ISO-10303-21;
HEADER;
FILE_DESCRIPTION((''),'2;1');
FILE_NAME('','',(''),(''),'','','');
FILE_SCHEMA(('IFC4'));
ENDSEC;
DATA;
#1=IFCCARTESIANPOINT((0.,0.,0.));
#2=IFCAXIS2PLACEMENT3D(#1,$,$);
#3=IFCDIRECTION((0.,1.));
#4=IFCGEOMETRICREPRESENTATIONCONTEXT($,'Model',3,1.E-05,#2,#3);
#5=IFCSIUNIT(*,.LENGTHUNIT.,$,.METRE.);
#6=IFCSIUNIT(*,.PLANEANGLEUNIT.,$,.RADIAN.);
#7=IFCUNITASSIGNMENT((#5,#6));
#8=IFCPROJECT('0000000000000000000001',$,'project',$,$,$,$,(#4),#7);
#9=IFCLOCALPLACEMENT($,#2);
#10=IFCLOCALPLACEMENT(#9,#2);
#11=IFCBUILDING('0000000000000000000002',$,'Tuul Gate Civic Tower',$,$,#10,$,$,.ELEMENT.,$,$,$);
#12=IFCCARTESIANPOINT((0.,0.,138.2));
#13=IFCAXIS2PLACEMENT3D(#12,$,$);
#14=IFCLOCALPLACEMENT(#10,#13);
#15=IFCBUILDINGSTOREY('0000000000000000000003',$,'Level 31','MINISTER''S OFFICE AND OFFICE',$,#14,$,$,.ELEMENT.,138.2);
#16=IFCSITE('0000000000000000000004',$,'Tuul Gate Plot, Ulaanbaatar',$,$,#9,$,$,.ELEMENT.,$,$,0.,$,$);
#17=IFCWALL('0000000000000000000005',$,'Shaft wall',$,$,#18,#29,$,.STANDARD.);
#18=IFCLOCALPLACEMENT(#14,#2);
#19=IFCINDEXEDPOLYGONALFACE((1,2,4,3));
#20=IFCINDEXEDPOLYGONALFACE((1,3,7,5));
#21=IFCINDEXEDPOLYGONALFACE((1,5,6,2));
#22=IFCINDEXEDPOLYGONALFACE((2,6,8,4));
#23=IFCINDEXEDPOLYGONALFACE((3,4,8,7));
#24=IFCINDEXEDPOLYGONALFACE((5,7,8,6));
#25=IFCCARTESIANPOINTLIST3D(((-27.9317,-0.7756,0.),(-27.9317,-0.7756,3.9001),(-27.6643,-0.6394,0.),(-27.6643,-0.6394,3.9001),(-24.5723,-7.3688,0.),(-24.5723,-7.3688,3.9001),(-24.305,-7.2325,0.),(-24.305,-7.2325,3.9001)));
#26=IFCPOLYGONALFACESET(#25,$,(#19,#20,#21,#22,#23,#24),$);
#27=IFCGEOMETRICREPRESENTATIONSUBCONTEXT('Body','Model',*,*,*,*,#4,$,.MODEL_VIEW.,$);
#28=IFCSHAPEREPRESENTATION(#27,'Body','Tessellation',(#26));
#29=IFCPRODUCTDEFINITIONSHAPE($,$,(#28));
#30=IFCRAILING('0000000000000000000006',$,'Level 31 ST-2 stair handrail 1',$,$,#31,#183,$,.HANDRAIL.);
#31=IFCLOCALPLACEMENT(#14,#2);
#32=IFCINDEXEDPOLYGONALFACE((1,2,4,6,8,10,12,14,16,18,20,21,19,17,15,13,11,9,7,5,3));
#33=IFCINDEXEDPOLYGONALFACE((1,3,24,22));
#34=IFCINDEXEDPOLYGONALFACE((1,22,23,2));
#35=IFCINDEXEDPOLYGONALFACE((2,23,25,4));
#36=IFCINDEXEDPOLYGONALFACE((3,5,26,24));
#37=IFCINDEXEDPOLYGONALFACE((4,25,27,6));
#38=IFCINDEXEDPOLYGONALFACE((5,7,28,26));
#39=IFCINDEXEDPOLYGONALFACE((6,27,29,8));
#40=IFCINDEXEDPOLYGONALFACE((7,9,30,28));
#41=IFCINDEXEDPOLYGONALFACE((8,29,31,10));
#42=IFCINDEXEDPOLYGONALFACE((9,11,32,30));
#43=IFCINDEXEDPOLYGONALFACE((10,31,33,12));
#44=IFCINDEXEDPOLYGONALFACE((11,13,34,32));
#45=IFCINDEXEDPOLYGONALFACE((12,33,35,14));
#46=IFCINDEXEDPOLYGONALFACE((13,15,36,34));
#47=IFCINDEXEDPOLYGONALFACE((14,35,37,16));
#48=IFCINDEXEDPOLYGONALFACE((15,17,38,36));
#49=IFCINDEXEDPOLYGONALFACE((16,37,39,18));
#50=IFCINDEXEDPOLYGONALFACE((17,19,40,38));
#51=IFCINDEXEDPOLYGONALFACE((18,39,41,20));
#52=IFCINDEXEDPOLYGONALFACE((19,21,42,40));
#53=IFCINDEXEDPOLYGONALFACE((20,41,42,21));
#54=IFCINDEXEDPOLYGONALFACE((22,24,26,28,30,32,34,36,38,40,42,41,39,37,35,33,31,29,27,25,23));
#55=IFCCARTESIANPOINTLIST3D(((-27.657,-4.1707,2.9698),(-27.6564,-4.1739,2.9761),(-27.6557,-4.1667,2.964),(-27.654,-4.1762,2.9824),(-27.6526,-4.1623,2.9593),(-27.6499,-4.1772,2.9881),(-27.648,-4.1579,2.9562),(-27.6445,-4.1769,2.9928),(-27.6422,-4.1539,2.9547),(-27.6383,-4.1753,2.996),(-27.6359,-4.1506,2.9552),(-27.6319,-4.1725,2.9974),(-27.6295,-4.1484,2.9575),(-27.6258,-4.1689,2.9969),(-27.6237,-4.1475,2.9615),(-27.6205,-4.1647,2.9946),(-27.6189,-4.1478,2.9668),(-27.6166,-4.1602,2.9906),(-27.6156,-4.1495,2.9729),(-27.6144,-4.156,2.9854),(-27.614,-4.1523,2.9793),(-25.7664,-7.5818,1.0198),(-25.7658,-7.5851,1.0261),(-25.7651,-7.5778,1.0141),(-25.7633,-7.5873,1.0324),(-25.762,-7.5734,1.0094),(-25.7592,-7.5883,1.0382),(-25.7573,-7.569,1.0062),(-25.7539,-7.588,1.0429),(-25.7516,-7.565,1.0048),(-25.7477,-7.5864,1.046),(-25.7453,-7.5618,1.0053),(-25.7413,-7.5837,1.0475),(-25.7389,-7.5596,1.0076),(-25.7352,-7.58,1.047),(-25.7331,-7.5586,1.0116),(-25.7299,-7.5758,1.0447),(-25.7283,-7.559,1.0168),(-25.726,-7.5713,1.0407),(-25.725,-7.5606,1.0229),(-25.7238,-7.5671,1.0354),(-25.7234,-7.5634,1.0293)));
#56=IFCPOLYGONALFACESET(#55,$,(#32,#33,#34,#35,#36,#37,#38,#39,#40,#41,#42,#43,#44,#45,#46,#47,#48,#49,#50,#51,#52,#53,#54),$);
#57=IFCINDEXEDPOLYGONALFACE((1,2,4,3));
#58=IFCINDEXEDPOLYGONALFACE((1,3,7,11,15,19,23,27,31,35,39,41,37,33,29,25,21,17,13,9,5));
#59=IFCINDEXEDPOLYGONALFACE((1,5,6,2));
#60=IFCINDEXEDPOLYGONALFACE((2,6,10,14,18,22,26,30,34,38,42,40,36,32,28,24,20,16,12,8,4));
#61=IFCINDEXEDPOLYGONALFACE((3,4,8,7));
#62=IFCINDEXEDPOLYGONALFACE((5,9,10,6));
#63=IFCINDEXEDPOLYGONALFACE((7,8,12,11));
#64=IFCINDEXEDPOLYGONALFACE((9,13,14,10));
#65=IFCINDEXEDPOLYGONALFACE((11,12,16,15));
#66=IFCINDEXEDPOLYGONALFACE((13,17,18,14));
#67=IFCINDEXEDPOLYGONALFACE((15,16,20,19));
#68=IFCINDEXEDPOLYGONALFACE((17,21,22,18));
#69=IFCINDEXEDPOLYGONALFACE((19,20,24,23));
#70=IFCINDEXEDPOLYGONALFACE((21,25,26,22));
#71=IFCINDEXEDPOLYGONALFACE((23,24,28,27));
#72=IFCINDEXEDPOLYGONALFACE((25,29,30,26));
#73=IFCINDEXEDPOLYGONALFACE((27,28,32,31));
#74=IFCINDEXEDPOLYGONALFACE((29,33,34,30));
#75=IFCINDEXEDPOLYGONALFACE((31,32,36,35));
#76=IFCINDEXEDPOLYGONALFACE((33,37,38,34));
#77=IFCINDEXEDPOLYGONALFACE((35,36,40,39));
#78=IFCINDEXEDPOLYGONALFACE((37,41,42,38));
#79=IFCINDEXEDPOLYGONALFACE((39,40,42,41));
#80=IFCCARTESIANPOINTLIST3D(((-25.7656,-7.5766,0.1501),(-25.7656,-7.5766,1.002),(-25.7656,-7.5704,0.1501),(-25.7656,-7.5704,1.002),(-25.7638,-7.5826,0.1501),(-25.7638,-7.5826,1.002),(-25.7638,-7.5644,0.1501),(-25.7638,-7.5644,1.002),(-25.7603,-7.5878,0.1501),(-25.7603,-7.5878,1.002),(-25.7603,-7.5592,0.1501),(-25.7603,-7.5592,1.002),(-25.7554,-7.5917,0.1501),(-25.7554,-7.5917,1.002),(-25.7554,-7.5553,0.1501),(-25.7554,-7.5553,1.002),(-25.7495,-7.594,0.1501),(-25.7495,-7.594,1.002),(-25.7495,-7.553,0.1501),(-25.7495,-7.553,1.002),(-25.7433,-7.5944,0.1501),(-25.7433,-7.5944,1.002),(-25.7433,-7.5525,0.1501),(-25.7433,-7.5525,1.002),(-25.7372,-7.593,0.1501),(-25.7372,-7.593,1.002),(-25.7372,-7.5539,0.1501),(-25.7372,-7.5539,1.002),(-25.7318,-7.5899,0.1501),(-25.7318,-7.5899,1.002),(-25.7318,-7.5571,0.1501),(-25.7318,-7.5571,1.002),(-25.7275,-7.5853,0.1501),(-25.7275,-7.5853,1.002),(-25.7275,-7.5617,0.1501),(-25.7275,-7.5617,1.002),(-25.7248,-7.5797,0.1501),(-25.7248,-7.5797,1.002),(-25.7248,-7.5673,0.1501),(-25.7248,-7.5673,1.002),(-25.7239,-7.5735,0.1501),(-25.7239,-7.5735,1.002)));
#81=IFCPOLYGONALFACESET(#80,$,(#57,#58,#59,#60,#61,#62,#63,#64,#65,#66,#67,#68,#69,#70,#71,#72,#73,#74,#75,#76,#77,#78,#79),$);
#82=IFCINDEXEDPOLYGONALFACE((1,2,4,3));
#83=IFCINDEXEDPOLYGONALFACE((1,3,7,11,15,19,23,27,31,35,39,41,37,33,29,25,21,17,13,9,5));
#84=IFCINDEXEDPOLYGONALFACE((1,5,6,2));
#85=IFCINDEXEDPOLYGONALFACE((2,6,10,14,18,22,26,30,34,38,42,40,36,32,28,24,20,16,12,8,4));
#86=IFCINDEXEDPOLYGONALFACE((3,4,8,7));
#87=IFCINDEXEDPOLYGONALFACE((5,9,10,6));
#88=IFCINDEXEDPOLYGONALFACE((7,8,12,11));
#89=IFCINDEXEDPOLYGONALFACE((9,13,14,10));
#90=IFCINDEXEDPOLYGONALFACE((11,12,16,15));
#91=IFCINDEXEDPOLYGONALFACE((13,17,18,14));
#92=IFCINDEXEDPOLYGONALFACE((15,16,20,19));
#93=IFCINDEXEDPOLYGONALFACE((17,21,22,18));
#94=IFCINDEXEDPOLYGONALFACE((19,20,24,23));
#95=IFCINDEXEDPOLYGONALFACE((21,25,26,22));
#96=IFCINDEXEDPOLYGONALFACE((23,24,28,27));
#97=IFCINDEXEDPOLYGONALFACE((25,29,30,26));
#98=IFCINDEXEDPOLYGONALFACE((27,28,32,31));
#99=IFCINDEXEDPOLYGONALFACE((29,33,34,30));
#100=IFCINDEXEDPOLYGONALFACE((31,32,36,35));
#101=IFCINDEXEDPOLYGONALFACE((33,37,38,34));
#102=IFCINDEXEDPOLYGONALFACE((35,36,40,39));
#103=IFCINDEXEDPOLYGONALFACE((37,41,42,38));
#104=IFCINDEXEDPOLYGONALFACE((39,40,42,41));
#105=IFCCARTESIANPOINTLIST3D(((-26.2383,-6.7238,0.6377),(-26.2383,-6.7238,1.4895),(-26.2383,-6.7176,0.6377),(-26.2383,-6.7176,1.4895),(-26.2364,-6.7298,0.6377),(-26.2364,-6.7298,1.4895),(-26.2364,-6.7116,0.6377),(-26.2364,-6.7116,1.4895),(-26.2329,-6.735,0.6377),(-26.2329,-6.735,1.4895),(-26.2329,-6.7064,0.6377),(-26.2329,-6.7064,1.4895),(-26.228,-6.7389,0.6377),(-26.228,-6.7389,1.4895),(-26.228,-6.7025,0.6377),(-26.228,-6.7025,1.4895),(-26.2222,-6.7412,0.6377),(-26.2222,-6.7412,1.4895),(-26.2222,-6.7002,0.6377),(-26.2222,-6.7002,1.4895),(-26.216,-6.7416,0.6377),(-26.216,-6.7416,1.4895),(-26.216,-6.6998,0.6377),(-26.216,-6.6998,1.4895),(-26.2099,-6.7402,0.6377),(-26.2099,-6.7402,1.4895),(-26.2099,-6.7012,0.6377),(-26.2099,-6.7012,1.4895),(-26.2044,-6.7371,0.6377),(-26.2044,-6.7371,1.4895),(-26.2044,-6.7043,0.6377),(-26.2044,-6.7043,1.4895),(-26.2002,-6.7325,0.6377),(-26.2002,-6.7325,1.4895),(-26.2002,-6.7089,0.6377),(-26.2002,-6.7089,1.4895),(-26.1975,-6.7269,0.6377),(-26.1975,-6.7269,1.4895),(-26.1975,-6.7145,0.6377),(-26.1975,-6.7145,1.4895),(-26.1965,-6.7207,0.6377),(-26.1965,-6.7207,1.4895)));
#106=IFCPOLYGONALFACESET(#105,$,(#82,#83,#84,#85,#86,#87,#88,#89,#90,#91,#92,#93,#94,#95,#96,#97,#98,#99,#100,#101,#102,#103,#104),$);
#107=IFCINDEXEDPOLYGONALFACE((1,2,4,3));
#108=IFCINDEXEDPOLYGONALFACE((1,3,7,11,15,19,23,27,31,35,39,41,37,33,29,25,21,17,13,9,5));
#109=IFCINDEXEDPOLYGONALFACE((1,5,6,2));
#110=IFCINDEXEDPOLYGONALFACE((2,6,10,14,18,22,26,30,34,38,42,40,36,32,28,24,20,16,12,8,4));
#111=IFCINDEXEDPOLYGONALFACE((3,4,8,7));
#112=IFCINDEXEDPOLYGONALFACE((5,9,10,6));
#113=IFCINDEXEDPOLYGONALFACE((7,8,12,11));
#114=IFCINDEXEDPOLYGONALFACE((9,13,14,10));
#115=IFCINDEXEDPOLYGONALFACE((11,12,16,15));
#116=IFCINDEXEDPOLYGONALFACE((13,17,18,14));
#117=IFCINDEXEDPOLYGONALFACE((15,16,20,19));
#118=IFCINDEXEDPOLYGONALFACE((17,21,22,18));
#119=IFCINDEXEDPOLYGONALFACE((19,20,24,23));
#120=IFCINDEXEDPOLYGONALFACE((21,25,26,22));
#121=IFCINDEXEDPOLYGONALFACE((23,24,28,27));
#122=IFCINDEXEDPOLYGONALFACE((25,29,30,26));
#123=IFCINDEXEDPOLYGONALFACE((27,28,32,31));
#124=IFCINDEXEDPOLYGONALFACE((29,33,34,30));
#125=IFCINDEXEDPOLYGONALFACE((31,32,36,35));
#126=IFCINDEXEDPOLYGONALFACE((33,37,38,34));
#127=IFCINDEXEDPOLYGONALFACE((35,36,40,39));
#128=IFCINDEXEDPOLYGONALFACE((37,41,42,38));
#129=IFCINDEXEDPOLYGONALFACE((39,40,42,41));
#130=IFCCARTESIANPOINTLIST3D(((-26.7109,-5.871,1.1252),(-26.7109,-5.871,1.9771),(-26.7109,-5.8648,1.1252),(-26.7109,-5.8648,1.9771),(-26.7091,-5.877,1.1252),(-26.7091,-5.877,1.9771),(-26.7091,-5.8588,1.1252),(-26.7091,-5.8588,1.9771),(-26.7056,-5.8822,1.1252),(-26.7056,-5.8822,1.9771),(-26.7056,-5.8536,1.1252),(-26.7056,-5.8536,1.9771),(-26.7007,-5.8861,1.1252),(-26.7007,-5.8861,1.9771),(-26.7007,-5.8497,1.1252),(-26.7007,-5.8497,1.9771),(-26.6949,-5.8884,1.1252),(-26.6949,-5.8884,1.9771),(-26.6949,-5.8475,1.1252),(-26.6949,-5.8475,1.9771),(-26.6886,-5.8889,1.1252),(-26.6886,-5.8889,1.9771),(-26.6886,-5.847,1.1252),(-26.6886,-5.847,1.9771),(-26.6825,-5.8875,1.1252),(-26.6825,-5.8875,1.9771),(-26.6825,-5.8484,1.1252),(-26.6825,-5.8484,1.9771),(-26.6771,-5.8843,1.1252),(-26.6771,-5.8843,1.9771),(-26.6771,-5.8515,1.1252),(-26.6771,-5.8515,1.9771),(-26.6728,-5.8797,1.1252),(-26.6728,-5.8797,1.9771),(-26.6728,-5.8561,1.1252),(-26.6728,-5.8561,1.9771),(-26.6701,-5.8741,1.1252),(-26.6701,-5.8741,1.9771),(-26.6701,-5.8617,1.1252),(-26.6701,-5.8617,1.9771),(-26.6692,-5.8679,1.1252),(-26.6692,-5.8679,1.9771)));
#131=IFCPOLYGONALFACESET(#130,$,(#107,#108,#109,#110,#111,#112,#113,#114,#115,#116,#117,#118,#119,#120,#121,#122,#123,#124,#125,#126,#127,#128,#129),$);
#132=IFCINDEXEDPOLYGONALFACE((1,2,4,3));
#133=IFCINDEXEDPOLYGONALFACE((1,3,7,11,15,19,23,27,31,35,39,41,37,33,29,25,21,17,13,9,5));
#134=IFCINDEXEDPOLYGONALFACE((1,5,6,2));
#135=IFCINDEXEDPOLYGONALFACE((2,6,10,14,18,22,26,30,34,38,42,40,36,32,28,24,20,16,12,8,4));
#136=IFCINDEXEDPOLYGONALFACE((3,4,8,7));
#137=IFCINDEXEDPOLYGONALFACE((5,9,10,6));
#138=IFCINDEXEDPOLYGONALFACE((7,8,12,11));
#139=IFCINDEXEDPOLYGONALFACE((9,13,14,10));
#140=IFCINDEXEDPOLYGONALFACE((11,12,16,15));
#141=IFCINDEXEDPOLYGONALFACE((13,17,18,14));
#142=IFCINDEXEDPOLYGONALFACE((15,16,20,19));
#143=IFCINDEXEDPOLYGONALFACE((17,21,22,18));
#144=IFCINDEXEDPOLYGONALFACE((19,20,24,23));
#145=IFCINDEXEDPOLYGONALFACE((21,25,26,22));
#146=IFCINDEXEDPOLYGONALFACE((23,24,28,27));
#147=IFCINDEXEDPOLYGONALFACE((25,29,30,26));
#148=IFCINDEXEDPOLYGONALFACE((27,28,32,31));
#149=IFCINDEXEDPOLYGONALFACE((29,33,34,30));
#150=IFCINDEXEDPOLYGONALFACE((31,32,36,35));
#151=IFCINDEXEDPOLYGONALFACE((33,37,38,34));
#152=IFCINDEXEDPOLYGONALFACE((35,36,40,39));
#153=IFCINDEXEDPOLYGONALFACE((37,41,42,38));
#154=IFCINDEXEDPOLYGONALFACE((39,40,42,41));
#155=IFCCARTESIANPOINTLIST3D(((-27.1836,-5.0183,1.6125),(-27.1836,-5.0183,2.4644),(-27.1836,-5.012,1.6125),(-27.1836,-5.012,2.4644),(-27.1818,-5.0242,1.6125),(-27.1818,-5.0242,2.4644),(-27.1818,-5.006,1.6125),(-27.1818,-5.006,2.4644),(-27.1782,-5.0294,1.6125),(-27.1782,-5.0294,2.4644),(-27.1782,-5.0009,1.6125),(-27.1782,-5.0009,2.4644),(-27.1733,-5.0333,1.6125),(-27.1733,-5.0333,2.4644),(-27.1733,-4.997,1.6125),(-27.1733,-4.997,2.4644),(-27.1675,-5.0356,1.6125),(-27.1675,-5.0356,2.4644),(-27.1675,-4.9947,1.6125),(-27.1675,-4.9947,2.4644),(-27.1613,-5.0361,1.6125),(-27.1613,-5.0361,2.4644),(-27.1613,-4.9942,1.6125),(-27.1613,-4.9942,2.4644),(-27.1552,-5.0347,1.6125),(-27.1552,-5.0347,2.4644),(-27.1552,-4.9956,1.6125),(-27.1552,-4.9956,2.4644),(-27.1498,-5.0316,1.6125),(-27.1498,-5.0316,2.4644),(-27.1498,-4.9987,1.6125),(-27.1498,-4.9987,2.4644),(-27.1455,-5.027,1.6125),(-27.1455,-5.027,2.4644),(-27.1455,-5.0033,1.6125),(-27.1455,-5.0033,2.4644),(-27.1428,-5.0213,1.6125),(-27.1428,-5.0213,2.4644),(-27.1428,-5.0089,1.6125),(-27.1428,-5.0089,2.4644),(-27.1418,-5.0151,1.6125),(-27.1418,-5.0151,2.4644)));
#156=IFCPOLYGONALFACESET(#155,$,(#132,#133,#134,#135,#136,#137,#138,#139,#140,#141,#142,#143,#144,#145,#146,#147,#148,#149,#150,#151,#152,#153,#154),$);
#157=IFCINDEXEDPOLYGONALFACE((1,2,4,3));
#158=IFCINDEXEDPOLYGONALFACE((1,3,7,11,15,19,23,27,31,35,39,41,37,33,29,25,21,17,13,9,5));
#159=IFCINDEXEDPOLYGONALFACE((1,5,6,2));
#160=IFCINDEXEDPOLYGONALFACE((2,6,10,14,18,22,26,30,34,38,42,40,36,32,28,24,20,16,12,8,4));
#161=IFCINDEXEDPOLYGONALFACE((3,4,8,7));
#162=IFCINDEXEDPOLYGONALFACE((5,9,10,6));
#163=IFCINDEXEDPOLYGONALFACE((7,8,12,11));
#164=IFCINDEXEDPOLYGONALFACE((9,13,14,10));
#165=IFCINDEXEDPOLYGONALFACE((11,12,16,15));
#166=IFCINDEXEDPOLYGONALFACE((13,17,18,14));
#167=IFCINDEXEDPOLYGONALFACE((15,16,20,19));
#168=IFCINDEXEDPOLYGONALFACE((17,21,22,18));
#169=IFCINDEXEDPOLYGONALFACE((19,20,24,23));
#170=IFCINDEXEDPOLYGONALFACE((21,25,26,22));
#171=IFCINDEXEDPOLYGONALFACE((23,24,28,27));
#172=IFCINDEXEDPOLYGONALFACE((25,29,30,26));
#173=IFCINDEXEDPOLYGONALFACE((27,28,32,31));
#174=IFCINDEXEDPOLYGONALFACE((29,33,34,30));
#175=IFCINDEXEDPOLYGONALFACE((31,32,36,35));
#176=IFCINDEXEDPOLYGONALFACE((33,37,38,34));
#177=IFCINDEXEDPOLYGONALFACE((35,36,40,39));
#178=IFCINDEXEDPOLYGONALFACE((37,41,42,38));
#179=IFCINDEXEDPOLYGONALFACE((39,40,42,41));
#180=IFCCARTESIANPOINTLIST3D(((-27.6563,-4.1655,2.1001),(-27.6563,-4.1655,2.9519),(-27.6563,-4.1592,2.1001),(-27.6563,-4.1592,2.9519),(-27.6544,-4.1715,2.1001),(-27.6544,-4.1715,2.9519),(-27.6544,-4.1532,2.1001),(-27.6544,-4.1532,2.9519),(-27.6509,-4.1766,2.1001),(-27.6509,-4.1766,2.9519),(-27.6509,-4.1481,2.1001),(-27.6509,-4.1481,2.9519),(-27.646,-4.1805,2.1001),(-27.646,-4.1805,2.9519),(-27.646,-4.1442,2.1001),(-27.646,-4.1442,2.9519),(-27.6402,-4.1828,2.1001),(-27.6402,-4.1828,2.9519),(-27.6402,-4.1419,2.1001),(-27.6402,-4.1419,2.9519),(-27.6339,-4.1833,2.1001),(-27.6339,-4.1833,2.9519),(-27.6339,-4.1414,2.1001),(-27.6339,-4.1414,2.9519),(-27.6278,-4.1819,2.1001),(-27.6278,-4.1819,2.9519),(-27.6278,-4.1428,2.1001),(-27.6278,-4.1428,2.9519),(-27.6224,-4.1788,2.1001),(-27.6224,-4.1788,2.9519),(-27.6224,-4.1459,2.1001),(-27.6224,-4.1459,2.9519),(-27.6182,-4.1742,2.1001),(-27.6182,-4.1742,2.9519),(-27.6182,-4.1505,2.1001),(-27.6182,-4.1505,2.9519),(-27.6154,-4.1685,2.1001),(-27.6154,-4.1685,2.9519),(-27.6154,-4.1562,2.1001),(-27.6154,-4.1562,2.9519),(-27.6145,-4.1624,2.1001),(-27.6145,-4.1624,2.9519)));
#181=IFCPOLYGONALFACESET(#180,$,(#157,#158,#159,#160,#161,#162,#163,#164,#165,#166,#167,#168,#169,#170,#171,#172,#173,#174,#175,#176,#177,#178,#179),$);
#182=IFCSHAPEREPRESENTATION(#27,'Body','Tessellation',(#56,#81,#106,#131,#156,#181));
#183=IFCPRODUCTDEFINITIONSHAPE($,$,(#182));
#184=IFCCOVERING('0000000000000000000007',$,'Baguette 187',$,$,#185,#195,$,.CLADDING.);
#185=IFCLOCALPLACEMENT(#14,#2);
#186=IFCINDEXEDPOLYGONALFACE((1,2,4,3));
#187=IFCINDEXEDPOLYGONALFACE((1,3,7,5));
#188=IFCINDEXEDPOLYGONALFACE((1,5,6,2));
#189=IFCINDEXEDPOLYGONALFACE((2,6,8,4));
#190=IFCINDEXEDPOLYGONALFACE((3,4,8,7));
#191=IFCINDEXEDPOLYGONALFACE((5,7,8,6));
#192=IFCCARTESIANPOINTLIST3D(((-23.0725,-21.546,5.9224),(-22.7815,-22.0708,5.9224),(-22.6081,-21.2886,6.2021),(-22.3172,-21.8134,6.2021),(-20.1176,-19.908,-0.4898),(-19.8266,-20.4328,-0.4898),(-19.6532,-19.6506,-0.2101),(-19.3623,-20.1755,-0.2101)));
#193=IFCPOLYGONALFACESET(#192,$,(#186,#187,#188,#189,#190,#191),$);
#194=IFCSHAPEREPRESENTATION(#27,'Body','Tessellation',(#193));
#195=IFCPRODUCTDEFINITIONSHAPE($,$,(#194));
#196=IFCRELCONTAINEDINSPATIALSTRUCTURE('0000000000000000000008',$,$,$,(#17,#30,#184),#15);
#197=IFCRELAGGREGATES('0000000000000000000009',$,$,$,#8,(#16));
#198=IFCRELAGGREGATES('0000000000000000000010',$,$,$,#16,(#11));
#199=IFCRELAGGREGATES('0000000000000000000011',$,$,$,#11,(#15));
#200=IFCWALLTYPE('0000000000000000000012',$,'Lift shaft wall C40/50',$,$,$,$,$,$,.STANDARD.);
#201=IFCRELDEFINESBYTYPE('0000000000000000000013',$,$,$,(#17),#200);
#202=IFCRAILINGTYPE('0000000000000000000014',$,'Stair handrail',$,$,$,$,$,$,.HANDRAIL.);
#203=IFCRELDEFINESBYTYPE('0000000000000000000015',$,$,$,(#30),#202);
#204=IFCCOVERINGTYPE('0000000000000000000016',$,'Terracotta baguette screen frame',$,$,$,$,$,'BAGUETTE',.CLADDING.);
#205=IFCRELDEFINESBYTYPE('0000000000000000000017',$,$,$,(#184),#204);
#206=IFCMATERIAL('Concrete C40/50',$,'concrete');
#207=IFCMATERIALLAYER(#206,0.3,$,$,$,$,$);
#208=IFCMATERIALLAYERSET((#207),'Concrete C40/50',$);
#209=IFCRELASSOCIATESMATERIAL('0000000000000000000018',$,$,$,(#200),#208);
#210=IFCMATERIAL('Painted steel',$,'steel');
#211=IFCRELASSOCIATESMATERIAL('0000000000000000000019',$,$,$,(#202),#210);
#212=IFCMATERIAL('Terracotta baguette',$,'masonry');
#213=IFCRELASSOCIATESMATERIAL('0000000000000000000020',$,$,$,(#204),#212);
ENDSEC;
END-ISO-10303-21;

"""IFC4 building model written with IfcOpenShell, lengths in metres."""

from ifc_helpers import new_model, si_unit, direction, frame, frame_2d, origin, origin_2d, place, context, subcontext, project, spatial, rectangle, circle, extrude, material, layer, layer_set, material_profile, profile_set, type_object, element, save


model = new_model("IFC4")

# Units and contexts
model_context = context("Model", 3, precision=1e-05, world=origin(), true_north=direction((0.0, 1.0)))
body_context = subcontext(model_context, "Body", "Model", "MODEL_VIEW")
ifc_project = project(units=[si_unit("LENGTHUNIT", "METRE"), si_unit("PLANEANGLEUNIT", "RADIAN")], contexts=[model_context])

# Site, building, storey
site_placement = place(None, origin())
site = spatial("IfcSite", under=ifc_project, at=site_placement, Name="Tuul Gate Plot, Ulaanbaatar", CompositionType="ELEMENT", RefElevation=0.0)
building_placement = place(site_placement, origin())
building = spatial("IfcBuilding", under=site, at=building_placement, Name="Tuul Gate Civic Tower", CompositionType="ELEMENT")
storey_placement = place(building_placement, frame((0.0, 0.0, 138.2)))
storey = spatial("IfcBuildingStorey", under=building, at=storey_placement, Name="Level 31", Description="MINISTER'S OFFICE AND OFFICE", CompositionType="ELEMENT", Elevation=138.2)

# Wall
ifc_material_1 = material(Name="Concrete C40/50", Category="concrete")
ifc_layer_1 = layer(ifc_material_1, 0.3)
ifc_layer_set_1 = layer_set([ifc_layer_1], Name="Concrete C40/50")
wall_type_1 = type_object("IfcWallType", Name="Lift shaft wall C40/50", PredefinedType="STANDARD", material=ifc_layer_set_1)
wall_1_placement = place(storey_placement, frame((-24.4387, -7.3005, 0.0), z_axis=(0.0, 0.0, 1.0), x_axis=(-0.453984, 0.89101, 0.0)))
element("IfcWall", 1, at=wall_1_placement, inside=storey, type_object=wall_type_1, Name="Shaft wall", PredefinedType="STANDARD", context=body_context, shape_type="SweptSolid", body=[
    extrude(rectangle(XDim=7.3997, YDim=0.3, at=frame_2d((3.6997, 0.0))), origin(), (0.0, 0.0, 1.0), 3.9001),
])

# Railing
ifc_material_2 = material(Name="Painted steel", Category="steel")
railing_type = type_object("IfcRailingType", Name="Stair handrail", PredefinedType="HANDRAIL", material=ifc_material_2)
railing_placement = place(storey_placement, frame((-25.7449, -7.5735, 0.1501)))
element("IfcRailing", 2, at=railing_placement, inside=storey, type_object=railing_type, Name="Level 31 ST-2 stair handrail 1", PredefinedType="HANDRAIL", context=body_context, shape_type="SweptSolid", body=[
    extrude(circle(Radius=0.0239, at=origin_2d()), frame((0.0, 0.0, 0.876), z_axis=(-0.433595, 0.782308, 0.447201), x_axis=(-0.874641, -0.484771, 0.0)), (0.0, 0.0, 1.0), 4.3604),
    extrude(circle(Radius=0.021, at=origin_2d()), origin(), (0.0, 0.0, 1.0), 0.8518),
    extrude(circle(Radius=0.021, at=origin_2d()), frame((-0.4727, 0.8528, 0.4875)), (0.0, 0.0, 1.0), 0.8518),
    extrude(circle(Radius=0.021, at=origin_2d()), frame((-0.9453, 1.7056, 0.9751)), (0.0, 0.0, 1.0), 0.8518),
    extrude(circle(Radius=0.021, at=origin_2d()), frame((-1.418, 2.5583, 1.4624)), (0.0, 0.0, 1.0), 0.8518),
    extrude(circle(Radius=0.021, at=origin_2d()), frame((-1.8906, 3.4111, 1.95)), (0.0, 0.0, 1.0), 0.8518),
])

# Covering
ifc_material_3 = material(Name="Terracotta baguette", Category="masonry")
ifc_material_profile_1 = material_profile(ifc_material_3, rectangle(XDim=0.6001, YDim=0.6001, at=origin_2d()), Name="Terracotta baguette screen frame")
ifc_profile_set_1 = profile_set([ifc_material_profile_1], Name="Terracotta baguette")
covering_type = type_object("IfcCoveringType", Name="Terracotta baguette screen frame", ElementType="BAGUETTE", PredefinedType="CLADDING", material=ifc_profile_set_1)
covering_placement = place(storey_placement, frame((-22.6948, -21.6797, 6.0623), z_axis=(0.407693, 0.225995, -0.884711), x_axis=(-0.484821, 0.874614, 0.0)))
element("IfcCovering", 3, at=covering_placement, inside=storey, type_object=covering_type, Name="Baguette 187", PredefinedType="CLADDING", context=body_context, shape_type="SweptSolid", body=[
    extrude(rectangle(XDim=0.6001, YDim=0.6001, at=origin_2d()), origin(), (0.0, 0.0, 1.0), 7.2478),
])

save(model, "model.ifc")
